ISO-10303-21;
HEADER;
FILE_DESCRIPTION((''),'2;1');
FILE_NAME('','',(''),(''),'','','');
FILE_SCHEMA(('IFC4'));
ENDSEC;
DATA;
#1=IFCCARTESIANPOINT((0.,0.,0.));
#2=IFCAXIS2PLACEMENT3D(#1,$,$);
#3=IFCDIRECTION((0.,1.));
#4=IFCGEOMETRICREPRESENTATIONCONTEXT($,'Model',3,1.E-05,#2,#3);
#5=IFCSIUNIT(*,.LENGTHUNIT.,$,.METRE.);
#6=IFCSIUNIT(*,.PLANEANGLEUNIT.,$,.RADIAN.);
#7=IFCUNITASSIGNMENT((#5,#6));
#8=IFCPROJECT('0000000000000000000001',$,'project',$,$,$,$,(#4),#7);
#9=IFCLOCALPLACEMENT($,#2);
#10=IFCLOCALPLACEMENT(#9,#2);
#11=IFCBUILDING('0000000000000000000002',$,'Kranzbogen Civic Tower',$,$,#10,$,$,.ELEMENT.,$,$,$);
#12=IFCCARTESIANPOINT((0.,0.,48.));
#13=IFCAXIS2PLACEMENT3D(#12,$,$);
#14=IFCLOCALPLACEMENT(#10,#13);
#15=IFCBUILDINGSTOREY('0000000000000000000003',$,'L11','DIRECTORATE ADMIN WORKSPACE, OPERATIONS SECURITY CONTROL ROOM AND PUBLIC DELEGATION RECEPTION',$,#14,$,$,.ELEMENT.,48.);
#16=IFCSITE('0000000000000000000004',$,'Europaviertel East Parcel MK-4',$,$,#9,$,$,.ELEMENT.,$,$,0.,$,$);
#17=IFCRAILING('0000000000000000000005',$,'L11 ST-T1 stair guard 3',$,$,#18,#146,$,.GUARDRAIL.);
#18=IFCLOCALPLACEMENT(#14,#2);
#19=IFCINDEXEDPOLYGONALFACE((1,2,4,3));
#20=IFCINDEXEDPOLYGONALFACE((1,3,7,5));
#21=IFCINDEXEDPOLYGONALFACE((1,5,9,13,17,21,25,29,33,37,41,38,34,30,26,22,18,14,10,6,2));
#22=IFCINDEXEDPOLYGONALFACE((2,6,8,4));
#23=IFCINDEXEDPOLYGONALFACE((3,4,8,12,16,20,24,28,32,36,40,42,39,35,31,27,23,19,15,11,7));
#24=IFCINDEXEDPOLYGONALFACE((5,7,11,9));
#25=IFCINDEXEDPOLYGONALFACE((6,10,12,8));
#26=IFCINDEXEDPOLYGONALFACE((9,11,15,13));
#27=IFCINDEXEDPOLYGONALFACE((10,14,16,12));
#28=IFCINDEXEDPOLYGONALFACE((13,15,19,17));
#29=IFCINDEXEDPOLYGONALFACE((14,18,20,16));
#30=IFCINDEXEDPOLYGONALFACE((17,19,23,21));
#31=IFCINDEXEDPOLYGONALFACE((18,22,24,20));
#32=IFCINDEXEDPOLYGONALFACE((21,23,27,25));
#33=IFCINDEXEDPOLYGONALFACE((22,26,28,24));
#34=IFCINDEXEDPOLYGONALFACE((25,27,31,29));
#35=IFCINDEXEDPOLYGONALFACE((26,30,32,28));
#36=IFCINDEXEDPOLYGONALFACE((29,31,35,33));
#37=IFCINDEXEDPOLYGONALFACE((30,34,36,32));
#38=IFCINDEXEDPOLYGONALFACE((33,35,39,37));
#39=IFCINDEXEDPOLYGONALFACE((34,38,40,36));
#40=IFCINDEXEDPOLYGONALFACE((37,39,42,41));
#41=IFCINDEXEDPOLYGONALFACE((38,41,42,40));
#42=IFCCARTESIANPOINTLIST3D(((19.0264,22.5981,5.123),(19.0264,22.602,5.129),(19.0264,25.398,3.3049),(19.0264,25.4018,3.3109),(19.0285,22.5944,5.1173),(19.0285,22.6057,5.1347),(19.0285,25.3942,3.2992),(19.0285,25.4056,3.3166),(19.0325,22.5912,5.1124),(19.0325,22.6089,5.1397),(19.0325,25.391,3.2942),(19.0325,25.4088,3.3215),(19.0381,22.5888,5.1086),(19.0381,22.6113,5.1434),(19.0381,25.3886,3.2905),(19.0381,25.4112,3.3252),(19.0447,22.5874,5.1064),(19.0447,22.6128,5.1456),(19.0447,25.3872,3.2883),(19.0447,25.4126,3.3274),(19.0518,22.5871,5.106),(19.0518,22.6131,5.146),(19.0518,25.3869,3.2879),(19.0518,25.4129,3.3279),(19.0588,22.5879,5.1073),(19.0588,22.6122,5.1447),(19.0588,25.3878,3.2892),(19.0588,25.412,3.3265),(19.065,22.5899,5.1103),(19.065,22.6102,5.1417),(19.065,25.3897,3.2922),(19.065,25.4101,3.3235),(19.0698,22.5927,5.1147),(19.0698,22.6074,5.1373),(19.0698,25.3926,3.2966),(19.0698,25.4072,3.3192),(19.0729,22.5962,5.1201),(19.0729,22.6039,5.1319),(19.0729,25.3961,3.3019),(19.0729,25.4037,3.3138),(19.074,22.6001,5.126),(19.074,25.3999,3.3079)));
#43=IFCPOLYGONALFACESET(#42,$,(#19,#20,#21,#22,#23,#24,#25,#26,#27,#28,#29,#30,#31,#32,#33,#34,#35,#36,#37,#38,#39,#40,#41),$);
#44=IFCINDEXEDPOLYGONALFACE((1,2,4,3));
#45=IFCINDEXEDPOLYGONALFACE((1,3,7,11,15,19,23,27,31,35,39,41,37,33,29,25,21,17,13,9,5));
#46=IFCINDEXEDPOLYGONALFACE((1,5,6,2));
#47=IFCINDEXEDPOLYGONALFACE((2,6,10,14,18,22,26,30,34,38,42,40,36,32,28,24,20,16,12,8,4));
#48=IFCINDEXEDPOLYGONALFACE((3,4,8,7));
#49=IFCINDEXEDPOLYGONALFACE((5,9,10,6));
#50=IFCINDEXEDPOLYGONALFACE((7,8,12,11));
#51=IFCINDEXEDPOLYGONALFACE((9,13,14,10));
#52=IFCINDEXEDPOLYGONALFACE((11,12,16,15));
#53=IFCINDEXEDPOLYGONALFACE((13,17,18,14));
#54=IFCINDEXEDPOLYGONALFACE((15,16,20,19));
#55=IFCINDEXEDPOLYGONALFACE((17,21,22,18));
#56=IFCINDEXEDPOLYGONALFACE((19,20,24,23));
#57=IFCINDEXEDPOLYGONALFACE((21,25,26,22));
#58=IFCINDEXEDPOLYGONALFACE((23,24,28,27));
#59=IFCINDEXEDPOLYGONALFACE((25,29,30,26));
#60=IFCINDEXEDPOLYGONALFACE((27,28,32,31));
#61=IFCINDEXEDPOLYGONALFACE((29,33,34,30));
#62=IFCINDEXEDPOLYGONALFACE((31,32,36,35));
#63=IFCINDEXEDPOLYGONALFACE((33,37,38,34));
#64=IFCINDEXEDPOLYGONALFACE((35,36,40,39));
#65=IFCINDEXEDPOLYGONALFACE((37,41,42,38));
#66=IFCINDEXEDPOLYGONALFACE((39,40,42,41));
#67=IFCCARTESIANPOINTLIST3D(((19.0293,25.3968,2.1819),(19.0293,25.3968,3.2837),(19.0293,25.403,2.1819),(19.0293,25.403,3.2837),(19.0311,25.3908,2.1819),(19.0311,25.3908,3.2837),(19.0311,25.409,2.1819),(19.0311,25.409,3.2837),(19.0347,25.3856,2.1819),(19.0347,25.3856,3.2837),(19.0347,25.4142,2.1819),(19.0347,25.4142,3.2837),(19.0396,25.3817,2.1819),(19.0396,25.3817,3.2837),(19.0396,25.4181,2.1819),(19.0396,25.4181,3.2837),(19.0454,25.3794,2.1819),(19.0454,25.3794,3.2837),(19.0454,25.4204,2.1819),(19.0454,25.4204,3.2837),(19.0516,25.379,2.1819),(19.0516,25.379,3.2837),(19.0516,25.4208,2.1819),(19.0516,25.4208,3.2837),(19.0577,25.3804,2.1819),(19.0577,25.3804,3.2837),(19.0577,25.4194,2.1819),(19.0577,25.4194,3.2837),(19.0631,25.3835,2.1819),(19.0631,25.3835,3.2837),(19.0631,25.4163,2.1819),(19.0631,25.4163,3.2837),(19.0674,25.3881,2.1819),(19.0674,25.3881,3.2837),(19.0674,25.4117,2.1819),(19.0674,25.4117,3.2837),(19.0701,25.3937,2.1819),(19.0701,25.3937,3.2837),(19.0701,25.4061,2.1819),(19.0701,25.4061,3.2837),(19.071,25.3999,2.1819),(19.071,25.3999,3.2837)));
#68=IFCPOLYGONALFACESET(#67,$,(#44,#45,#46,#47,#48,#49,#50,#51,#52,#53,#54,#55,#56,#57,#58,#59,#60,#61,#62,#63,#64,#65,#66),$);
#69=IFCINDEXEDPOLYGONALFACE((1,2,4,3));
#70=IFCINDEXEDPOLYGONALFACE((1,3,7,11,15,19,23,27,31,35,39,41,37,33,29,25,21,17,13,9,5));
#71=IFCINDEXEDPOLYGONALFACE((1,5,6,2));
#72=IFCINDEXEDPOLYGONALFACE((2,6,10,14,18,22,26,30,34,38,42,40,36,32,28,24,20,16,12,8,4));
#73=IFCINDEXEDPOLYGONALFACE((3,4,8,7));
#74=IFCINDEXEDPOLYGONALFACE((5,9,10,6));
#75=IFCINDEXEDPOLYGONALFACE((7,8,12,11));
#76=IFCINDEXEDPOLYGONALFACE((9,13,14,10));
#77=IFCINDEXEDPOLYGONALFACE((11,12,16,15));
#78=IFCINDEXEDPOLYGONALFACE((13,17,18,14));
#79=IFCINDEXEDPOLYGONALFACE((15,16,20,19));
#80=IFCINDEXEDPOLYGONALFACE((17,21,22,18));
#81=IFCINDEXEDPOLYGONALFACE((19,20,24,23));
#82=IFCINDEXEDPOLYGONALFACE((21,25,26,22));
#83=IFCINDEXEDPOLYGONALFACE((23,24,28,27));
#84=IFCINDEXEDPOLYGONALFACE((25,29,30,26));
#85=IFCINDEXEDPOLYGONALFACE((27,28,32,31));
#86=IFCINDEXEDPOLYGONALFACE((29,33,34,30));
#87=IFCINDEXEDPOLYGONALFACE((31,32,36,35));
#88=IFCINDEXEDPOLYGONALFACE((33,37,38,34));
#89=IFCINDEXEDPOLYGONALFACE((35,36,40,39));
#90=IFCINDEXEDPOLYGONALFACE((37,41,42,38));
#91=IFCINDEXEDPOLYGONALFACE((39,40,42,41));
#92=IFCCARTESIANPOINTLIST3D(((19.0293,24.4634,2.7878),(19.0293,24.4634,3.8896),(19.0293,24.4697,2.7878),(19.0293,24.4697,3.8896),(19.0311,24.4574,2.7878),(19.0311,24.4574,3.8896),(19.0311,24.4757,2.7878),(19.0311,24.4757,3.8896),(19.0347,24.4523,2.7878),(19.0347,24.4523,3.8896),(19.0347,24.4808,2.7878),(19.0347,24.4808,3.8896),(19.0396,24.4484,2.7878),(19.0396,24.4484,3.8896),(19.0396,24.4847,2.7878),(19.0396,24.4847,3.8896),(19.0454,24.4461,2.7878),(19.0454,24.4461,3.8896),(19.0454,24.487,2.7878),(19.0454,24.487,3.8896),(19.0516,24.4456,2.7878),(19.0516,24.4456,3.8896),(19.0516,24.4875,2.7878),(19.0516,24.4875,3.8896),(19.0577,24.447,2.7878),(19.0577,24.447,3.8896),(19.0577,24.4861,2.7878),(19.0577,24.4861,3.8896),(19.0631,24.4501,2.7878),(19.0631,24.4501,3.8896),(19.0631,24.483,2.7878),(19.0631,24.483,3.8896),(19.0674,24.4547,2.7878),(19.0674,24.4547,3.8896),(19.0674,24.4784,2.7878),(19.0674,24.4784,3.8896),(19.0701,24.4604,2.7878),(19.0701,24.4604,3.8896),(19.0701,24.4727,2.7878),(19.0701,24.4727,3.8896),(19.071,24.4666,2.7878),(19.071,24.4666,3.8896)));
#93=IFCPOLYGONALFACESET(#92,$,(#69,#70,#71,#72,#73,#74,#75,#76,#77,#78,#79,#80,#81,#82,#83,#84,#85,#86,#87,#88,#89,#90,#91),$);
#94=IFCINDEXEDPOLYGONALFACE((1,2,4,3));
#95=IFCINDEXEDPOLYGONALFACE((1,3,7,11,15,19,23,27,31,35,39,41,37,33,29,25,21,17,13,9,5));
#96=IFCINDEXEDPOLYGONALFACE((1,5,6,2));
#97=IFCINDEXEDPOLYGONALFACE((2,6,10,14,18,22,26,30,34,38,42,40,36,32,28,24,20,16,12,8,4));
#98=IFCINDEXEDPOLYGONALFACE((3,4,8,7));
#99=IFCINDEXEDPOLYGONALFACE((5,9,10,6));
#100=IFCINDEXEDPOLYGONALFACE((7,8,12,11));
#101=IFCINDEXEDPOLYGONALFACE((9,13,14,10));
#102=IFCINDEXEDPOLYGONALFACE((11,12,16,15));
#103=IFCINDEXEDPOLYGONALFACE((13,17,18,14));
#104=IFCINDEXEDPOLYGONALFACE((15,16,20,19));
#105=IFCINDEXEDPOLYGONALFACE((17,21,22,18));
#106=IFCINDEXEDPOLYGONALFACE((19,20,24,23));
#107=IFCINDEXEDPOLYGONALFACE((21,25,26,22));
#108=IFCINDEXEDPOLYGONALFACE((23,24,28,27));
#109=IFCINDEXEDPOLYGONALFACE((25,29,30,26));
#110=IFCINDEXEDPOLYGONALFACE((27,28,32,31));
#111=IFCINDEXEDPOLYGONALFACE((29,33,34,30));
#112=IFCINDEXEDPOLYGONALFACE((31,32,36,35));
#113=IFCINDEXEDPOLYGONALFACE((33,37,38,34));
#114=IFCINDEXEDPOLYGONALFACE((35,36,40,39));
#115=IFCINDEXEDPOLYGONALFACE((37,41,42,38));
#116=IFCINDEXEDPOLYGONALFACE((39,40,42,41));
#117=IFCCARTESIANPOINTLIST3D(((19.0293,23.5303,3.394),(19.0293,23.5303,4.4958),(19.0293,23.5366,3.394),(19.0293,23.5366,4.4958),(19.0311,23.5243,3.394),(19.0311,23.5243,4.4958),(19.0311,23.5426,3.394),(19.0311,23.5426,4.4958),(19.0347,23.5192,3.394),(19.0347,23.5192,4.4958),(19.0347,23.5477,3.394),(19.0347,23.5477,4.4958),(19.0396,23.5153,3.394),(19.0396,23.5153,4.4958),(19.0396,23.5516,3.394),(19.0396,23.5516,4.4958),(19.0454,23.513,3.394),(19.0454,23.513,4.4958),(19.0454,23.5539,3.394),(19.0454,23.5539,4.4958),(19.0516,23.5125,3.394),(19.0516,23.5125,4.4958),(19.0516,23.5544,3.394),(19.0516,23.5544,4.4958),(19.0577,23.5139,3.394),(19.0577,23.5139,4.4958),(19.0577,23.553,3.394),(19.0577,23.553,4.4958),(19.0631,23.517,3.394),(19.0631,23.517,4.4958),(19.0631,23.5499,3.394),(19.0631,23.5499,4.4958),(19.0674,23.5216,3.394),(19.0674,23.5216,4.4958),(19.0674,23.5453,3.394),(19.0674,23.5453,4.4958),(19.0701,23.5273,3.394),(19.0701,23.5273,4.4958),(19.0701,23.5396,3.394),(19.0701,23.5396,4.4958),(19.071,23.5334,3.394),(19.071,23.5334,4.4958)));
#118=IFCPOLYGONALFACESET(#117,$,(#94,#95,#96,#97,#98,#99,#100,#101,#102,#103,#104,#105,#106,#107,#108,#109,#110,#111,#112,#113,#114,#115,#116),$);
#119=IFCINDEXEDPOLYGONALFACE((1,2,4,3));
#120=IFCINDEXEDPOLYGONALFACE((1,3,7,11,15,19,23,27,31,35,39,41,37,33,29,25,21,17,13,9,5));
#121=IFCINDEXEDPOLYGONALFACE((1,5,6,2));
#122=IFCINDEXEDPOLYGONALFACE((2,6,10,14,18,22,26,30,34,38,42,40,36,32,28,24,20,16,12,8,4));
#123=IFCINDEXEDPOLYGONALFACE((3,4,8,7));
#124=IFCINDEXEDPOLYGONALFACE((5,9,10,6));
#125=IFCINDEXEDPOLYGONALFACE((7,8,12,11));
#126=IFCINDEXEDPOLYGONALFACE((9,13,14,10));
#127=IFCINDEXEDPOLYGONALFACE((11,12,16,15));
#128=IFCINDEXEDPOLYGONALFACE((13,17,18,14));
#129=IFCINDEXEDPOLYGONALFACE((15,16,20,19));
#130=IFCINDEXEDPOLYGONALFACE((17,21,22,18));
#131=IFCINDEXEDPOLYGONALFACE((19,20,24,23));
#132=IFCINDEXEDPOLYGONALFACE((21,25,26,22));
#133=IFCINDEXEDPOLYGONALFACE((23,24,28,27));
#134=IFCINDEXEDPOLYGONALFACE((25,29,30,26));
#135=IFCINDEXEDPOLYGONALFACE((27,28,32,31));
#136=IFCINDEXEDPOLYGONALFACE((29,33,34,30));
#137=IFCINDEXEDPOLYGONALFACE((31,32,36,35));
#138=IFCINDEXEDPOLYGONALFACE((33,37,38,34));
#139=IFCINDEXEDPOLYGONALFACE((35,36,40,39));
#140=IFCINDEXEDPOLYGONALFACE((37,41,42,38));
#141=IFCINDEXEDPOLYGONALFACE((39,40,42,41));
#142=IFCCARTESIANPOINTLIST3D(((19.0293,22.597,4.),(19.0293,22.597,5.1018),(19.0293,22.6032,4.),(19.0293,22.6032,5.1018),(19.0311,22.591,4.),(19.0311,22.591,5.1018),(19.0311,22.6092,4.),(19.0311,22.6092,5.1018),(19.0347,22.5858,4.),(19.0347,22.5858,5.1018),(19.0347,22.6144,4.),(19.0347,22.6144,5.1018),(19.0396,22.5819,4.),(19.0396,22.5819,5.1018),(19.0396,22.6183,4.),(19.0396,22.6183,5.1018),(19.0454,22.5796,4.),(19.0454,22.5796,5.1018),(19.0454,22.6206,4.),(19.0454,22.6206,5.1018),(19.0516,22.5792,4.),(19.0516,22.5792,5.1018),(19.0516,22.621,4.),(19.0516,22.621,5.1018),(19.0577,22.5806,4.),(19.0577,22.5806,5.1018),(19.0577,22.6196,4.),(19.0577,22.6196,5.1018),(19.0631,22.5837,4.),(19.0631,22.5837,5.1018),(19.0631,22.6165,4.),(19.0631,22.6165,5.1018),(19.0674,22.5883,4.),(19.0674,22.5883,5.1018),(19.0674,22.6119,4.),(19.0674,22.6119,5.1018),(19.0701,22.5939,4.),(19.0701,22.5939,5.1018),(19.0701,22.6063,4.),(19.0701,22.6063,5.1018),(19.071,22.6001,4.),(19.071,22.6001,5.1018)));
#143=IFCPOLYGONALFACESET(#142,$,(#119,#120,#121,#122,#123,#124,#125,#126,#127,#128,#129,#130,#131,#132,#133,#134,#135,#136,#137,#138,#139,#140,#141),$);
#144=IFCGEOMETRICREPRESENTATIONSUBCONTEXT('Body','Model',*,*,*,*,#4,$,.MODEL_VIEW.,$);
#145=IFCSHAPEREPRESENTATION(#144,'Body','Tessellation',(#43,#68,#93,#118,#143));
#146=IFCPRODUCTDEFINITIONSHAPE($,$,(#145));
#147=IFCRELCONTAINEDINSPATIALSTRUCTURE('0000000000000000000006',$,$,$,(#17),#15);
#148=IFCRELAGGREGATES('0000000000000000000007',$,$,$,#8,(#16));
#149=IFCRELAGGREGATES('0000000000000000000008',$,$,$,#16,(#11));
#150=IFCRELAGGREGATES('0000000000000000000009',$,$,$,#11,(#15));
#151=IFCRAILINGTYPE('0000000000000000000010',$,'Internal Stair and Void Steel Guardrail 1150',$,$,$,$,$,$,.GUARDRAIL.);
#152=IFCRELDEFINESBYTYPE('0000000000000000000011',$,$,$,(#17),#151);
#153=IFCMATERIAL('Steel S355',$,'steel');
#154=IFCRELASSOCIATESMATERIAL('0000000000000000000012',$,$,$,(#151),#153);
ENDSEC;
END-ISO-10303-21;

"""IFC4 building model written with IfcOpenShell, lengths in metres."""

from ifc_helpers import new_model, si_unit, direction, frame, origin, origin_2d, place, context, subcontext, project, spatial, circle, extrude, material, type_object, element, save


model = new_model("IFC4")

# Units and contexts
model_context = context("Model", 3, precision=1e-05, world=origin(), true_north=direction((0.0, 1.0)))
body_context = subcontext(model_context, "Body", "Model", "MODEL_VIEW")
ifc_project = project(units=[si_unit("LENGTHUNIT", "METRE"), si_unit("PLANEANGLEUNIT", "RADIAN")], contexts=[model_context])

# Site, building, storey
site_placement = place(None, origin())
site = spatial("IfcSite", under=ifc_project, at=site_placement, Name="Europaviertel East Parcel MK-4", CompositionType="ELEMENT", RefElevation=0.0)
building_placement = place(site_placement, origin())
building = spatial("IfcBuilding", under=site, at=building_placement, Name="Kranzbogen Civic Tower", CompositionType="ELEMENT")
storey_placement = place(building_placement, frame((0.0, 0.0, 48.0)))
storey = spatial("IfcBuildingStorey", under=building, at=storey_placement, Name="L11", Description="DIRECTORATE ADMIN WORKSPACE, OPERATIONS SECURITY CONTROL ROOM AND PUBLIC DELEGATION RECEPTION", CompositionType="ELEMENT", Elevation=48.0)

# Shared definitions
ifc_material_1 = material(Name="Steel S355", Category="steel")

# Railing
railing_type_1 = type_object("IfcRailingType", Name="Internal Stair and Void Steel Guardrail 1150", PredefinedType="GUARDRAIL", material=ifc_material_1)
railing_1_placement = place(storey_placement, frame((19.05, 25.3999, 2.1819)))
element("IfcRailing", 1, at=railing_1_placement, inside=storey, type_object=railing_type_1, Name="L11 ST-T1 stair guard 3", PredefinedType="GUARDRAIL", context=body_context, shape_type="SweptSolid", body=[
    extrude(circle(Radius=0.0239, at=origin_2d()), frame((0.0, 0.0, 1.126), z_axis=(0.0, -0.838684, 0.544618), x_axis=(1.0, 0.0, 0.0)), (0.0, 0.0, 1.0), 3.3384),
    extrude(circle(Radius=0.021, at=origin_2d()), origin(), (0.0, 0.0, 1.0), 1.1018),
    extrude(circle(Radius=0.021, at=origin_2d()), frame((0.0, -0.9333, 0.606)), (0.0, 0.0, 1.0), 1.1018),
    extrude(circle(Radius=0.021, at=origin_2d()), frame((0.0, -1.8665, 1.2122)), (0.0, 0.0, 1.0), 1.1018),
    extrude(circle(Radius=0.021, at=origin_2d()), frame((0.0, -2.7998, 1.8181)), (0.0, 0.0, 1.0), 1.1018),
])

save(model, "model.ifc")
